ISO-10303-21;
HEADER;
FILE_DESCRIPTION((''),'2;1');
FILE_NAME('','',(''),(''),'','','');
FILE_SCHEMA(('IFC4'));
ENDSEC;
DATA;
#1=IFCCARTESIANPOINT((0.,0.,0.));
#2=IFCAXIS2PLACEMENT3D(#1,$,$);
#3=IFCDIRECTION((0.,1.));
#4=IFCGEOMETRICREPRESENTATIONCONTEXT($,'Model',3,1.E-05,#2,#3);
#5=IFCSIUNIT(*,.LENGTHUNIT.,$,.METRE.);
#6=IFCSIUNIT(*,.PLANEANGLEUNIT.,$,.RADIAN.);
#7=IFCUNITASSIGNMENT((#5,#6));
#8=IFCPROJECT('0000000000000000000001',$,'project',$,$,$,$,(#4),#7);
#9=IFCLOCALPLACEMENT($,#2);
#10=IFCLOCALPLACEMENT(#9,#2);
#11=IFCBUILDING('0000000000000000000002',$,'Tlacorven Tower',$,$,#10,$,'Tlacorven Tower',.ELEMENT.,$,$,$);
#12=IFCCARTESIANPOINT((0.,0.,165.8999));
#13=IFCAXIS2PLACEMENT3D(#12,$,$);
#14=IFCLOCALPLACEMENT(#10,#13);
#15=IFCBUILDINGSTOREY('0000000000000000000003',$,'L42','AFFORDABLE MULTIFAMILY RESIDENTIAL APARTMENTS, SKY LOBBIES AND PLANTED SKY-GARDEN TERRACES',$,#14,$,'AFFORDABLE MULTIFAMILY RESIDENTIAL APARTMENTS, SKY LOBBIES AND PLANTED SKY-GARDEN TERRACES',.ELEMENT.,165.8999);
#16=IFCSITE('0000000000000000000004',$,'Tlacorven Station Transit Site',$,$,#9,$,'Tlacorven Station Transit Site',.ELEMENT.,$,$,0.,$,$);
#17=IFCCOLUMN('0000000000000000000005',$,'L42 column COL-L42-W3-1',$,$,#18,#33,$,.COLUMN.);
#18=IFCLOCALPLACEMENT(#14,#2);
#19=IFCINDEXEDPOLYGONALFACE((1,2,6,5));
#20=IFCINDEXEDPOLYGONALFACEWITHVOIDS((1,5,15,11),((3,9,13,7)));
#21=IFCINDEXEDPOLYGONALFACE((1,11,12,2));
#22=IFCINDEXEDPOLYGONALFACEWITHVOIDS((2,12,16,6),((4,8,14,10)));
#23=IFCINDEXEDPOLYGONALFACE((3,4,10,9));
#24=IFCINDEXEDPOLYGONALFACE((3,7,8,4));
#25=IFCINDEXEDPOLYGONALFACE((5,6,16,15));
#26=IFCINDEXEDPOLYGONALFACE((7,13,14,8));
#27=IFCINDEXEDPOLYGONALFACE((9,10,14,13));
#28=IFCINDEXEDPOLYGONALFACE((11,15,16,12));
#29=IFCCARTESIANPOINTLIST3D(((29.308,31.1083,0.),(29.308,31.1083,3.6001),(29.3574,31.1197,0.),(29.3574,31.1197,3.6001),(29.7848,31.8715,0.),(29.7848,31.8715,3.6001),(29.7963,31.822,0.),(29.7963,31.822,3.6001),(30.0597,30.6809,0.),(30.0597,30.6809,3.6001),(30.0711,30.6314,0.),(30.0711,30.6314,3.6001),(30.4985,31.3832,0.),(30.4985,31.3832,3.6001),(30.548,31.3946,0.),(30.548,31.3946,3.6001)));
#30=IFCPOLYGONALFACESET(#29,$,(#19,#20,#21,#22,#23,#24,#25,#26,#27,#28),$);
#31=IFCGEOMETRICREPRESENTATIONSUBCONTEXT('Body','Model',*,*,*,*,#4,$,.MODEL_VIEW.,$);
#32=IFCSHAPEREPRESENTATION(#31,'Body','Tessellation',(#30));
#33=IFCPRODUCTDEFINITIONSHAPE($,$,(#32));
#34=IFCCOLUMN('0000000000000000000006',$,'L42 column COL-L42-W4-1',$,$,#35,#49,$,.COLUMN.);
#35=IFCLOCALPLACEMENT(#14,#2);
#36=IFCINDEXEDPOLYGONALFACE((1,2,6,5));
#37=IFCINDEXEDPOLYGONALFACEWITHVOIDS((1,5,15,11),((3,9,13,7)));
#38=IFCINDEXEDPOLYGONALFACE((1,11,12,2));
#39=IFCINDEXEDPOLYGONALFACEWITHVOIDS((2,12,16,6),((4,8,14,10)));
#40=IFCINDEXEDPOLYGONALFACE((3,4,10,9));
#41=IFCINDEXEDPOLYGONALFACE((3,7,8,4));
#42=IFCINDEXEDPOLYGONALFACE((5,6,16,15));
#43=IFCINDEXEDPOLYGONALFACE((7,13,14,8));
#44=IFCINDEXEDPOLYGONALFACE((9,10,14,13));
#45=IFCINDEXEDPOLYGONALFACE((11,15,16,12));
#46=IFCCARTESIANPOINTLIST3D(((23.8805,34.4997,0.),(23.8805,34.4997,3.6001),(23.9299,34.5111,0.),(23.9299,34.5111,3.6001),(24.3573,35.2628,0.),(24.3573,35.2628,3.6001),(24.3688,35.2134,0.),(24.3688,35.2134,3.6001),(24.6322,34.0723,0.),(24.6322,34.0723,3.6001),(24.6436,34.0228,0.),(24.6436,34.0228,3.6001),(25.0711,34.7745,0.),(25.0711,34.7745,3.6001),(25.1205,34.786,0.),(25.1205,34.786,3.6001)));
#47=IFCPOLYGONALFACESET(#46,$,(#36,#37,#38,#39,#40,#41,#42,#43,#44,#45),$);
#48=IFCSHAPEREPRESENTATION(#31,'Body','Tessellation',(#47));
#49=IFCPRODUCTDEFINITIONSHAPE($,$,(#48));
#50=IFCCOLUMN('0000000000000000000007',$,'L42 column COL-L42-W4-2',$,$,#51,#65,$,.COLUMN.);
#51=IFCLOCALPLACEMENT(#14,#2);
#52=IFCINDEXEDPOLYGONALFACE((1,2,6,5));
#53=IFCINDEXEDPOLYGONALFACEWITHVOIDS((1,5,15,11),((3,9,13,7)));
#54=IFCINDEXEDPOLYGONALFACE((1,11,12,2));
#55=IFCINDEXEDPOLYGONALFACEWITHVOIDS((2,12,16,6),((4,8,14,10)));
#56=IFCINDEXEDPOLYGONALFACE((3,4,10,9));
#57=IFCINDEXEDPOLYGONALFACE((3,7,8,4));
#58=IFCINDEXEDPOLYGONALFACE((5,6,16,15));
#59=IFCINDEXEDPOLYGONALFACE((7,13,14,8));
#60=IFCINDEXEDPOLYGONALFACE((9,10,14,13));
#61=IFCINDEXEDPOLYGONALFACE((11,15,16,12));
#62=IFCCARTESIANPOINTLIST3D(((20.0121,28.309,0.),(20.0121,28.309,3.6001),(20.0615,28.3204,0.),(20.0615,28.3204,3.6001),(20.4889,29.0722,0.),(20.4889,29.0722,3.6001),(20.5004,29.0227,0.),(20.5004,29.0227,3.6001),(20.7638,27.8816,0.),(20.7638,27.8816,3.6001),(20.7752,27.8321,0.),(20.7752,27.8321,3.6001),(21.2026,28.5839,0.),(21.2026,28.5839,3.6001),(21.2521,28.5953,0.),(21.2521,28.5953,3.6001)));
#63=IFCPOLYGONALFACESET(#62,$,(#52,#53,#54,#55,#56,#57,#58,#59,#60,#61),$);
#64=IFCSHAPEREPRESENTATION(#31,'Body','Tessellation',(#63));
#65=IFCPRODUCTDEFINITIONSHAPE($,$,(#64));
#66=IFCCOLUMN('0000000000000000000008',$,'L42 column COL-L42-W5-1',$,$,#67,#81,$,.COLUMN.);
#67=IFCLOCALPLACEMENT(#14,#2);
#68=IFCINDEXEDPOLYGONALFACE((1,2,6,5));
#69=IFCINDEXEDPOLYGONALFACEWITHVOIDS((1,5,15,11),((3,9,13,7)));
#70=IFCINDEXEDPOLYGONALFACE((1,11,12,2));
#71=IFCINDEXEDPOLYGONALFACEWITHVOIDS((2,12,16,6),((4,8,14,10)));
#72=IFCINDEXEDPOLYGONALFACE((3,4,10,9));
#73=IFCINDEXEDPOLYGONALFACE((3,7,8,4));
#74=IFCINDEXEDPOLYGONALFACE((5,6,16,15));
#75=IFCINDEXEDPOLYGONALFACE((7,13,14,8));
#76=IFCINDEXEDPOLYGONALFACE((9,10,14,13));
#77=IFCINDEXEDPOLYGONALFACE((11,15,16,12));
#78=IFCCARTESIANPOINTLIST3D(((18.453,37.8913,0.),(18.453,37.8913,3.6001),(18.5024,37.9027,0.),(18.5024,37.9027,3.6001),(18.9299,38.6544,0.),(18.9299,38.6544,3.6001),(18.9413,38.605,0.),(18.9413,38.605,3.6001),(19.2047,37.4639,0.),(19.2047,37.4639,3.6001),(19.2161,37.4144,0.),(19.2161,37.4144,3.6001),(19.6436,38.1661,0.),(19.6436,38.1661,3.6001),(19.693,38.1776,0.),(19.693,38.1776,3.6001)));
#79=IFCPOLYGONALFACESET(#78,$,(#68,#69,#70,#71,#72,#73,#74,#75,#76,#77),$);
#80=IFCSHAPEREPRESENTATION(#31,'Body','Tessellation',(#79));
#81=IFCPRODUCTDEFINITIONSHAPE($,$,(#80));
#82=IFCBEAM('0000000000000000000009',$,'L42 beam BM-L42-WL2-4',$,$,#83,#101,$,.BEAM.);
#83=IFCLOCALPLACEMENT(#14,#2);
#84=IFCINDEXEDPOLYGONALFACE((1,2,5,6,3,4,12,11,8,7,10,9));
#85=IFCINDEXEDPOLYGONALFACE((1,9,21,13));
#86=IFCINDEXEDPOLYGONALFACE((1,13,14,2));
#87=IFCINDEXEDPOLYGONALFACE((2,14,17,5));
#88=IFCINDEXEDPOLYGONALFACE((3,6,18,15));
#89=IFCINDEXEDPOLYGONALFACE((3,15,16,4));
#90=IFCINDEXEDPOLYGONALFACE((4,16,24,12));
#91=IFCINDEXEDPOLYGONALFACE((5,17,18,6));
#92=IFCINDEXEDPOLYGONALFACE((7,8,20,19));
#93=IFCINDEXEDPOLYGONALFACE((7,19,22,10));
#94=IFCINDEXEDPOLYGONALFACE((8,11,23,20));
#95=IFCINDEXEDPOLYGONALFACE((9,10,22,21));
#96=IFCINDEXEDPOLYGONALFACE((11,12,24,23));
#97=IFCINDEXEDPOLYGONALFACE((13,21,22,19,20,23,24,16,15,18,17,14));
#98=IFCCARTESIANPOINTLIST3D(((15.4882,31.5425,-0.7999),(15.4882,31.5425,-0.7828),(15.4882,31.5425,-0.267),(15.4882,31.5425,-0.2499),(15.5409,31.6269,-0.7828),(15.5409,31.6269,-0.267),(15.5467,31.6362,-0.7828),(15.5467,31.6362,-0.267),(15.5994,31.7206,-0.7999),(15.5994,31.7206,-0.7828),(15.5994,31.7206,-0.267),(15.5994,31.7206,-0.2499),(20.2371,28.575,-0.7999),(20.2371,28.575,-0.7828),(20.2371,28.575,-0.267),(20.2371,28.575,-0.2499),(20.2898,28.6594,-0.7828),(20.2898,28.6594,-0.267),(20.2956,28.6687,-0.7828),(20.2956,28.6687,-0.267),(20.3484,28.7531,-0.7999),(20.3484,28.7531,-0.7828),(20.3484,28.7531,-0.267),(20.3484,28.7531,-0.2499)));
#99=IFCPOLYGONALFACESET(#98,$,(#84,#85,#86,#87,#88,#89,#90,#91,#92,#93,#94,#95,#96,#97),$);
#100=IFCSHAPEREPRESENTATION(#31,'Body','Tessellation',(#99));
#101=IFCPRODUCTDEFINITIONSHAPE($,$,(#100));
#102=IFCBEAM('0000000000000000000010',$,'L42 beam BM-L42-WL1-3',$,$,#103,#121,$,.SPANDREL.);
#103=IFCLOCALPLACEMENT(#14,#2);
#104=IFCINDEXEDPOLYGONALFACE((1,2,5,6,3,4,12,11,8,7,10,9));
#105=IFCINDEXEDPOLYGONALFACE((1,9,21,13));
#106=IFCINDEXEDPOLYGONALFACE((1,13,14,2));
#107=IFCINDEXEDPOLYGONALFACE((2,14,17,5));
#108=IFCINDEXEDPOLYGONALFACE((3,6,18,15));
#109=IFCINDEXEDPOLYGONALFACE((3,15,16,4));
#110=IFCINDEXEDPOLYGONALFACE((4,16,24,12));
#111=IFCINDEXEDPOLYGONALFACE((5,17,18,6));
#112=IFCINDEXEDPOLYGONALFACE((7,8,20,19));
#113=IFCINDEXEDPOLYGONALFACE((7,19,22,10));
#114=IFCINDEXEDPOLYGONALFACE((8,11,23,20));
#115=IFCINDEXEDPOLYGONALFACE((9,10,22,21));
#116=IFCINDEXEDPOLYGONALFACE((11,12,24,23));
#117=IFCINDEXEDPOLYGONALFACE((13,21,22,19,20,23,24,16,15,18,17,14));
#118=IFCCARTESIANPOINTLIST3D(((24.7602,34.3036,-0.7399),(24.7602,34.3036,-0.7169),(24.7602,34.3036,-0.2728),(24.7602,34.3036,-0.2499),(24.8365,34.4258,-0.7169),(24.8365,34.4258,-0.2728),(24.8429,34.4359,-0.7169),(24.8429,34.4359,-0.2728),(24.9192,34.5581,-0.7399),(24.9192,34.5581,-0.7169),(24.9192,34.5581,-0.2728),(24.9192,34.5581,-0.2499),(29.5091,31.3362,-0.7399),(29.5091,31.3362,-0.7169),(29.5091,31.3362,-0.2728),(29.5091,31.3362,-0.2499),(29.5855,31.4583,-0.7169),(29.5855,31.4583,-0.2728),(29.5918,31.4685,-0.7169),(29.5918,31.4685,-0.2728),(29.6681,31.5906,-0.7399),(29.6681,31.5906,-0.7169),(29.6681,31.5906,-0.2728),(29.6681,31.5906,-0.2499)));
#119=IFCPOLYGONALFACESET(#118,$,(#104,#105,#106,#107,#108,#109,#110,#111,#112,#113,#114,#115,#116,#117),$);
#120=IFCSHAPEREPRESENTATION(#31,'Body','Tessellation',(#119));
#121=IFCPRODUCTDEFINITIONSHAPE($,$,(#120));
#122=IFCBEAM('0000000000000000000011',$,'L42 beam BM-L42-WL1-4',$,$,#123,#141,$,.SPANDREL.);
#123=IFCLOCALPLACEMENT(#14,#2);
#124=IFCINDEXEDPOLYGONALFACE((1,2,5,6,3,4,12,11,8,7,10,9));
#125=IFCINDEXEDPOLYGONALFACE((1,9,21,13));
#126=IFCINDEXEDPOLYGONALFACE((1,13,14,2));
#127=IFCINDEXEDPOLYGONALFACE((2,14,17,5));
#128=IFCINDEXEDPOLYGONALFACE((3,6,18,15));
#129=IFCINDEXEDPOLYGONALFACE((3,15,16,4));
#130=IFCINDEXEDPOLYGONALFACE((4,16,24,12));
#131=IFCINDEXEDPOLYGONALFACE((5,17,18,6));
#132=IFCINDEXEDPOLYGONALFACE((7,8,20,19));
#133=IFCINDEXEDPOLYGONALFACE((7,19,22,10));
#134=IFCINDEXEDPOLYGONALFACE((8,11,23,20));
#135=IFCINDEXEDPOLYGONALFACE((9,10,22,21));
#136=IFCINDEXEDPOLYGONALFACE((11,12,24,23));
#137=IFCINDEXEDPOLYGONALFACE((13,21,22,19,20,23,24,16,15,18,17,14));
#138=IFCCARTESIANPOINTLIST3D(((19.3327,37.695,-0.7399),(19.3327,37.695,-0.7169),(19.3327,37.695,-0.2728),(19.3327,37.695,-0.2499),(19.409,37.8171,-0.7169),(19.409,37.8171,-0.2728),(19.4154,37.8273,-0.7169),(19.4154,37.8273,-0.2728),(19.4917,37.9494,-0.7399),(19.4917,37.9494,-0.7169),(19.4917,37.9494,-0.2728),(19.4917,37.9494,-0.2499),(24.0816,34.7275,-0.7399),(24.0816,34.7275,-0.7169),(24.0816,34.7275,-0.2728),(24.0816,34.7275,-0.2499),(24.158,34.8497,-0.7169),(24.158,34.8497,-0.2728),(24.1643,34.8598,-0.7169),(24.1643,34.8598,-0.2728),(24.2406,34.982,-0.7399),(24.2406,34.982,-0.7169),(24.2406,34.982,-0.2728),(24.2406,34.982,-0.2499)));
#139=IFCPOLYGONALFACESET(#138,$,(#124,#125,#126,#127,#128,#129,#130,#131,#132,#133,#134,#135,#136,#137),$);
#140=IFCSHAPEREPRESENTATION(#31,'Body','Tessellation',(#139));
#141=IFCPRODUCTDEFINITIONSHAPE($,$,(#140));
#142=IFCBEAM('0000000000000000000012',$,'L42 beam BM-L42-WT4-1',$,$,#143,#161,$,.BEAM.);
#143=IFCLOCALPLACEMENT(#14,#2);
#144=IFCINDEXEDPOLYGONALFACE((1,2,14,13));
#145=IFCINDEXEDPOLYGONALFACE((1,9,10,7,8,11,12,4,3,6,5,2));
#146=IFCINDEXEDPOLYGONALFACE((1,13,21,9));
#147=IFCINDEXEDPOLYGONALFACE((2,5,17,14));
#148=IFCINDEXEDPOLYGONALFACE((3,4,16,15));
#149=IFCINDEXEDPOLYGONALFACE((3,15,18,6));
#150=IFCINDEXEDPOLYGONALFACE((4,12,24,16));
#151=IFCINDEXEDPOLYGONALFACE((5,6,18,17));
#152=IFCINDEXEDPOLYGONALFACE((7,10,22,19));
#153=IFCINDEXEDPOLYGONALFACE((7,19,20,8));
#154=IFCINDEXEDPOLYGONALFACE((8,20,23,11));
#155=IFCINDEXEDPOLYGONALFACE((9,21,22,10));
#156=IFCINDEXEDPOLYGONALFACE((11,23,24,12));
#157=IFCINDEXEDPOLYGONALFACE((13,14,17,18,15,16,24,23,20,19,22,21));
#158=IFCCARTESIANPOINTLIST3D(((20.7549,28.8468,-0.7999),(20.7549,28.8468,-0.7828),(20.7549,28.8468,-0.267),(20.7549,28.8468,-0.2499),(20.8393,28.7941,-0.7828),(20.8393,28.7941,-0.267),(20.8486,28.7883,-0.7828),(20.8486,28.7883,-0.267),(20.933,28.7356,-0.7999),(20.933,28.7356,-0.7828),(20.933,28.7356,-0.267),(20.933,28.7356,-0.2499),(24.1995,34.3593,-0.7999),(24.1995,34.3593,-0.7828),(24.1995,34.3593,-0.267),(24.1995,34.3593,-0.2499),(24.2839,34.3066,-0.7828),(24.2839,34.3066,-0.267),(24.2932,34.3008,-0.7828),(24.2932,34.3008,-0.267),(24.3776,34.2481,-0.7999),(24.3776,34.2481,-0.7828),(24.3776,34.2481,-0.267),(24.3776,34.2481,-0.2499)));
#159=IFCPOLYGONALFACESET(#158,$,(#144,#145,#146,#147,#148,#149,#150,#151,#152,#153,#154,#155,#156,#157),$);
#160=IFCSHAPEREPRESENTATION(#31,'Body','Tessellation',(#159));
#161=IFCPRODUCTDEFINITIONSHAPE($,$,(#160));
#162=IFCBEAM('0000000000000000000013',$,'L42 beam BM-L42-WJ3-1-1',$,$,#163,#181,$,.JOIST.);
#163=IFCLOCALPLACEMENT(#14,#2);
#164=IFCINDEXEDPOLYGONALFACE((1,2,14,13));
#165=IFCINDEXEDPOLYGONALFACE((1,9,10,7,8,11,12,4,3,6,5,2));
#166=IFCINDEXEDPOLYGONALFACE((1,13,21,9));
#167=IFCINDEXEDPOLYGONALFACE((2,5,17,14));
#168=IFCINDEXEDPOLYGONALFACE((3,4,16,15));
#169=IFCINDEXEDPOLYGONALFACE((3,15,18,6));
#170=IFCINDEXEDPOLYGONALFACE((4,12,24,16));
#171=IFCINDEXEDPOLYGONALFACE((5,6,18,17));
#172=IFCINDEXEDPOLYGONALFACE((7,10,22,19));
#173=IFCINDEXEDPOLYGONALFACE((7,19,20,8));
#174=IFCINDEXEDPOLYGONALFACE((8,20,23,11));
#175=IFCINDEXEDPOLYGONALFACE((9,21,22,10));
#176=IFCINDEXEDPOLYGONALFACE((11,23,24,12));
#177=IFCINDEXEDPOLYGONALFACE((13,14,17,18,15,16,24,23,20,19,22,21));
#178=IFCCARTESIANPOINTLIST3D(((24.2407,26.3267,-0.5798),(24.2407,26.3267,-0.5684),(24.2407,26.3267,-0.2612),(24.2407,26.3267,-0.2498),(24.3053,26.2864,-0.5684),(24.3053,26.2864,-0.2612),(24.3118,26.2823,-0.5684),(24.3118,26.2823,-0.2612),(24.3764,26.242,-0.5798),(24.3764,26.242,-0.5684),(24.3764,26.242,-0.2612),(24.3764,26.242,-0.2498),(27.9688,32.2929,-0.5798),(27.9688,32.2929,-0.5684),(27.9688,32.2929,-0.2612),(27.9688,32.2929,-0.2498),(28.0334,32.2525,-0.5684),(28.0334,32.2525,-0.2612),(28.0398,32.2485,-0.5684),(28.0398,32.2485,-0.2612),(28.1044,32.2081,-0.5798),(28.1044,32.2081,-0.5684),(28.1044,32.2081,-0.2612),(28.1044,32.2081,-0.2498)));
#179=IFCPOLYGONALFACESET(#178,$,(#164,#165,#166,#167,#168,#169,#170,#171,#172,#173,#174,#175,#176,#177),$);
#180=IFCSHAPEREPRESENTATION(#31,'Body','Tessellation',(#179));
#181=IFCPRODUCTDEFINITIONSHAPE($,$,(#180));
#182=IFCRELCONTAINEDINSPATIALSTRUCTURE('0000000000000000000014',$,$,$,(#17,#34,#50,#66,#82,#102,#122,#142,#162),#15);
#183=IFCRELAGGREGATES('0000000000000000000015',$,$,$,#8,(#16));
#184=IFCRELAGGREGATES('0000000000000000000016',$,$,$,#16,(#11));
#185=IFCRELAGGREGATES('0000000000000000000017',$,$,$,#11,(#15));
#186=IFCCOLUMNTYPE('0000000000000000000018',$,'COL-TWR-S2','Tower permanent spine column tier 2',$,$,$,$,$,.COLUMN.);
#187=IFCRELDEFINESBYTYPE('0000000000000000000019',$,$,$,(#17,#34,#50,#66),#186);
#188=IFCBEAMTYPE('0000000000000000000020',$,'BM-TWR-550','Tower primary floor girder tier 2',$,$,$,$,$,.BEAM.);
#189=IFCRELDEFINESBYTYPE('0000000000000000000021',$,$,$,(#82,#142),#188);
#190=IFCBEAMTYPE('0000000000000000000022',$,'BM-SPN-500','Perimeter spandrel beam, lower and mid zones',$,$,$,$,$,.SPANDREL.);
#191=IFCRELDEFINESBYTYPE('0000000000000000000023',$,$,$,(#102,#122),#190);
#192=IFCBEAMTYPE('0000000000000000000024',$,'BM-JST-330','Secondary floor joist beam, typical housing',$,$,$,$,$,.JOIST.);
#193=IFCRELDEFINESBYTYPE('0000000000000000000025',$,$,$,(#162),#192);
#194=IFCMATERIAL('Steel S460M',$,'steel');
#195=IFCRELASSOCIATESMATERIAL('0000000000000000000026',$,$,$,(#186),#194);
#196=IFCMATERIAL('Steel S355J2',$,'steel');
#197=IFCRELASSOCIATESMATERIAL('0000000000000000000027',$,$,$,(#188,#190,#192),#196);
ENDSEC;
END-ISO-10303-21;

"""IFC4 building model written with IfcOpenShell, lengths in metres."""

from ifc_helpers import new_model, si_unit, direction, frame, origin, origin_2d, place, context, subcontext, project, spatial, hollow_rectangle, i_section, extrude, source, transform, mapped, material, material_profile, profile_set, type_object, element, save


model = new_model("IFC4")

# Units and contexts
model_context = context("Model", 3, precision=1e-05, world=origin(), true_north=direction((0.0, 1.0)))
body_context = subcontext(model_context, "Body", "Model", "MODEL_VIEW")
ifc_project = project(units=[si_unit("LENGTHUNIT", "METRE"), si_unit("PLANEANGLEUNIT", "RADIAN")], contexts=[model_context])

# Site, building, storey
site_placement = place(None, origin())
site = spatial("IfcSite", under=ifc_project, at=site_placement, Name="Tlacorven Station Transit Site", LongName="Tlacorven Station Transit Site", CompositionType="ELEMENT", RefElevation=0.0)
building_placement = place(site_placement, origin())
building = spatial("IfcBuilding", under=site, at=building_placement, Name="Tlacorven Tower", LongName="Tlacorven Tower", CompositionType="ELEMENT")
storey_placement = place(building_placement, frame((0.0, 0.0, 165.8999)))
storey = spatial("IfcBuildingStorey", under=building, at=storey_placement, Name="L42", Description="AFFORDABLE MULTIFAMILY RESIDENTIAL APARTMENTS, SKY LOBBIES AND PLANTED SKY-GARDEN TERRACES", LongName="AFFORDABLE MULTIFAMILY RESIDENTIAL APARTMENTS, SKY LOBBIES AND PLANTED SKY-GARDEN TERRACES", CompositionType="ELEMENT", Elevation=165.8999)

# Columns
ifc_material_1 = material(Name="Steel S460M", Category="steel")
ifc_material_profile_1 = material_profile(ifc_material_1, hollow_rectangle(XDim=0.8999, YDim=0.8999, WallThickness=0.0359, at=origin_2d()), Name="BOX 900X900X36")
ifc_profile_set_1 = profile_set([ifc_material_profile_1], Name="Steel S460M")
column_type = type_object("IfcColumnType", Name="COL-TWR-S2", Description="Tower permanent spine column tier 2", PredefinedType="COLUMN", material=ifc_profile_set_1)
shared_shape_1 = source(origin(), body_context, "Body", "SweptSolid", [
    extrude(hollow_rectangle(XDim=0.8999, YDim=0.8999, WallThickness=0.0359, at=origin_2d()), origin(), (0.0, 0.0, 1.0), 3.6001),
])
for number, where, z_axis, x_axis, name in (
    (1, (29.928, 31.2515, 0.0), (0.0, 0.0, 1.0), (-0.848048, 0.529919, 0.0), "L42 column COL-L42-W3-1"),
    (2, (24.5005, 34.6428, 0.0), (0.0, 0.0, 1.0), (-0.848048, 0.529919, 0.0), "L42 column COL-L42-W4-1"),
    (3, (20.6321, 28.4521, 0.0), (0.0, 0.0, 1.0), (-0.848048, 0.529919, 0.0), "L42 column COL-L42-W4-2"),
    (4, (19.073, 38.0344, 0.0), (0.0, 0.0, 1.0), (-0.848048, 0.529919, 0.0), "L42 column COL-L42-W5-1"),
):
    element("IfcColumn", number, at=place(storey_placement, frame(where, z_axis=z_axis, x_axis=x_axis)), inside=storey, type_object=column_type, Name=name, PredefinedType="COLUMN", context=body_context, shape_type="MappedRepresentation", body=[
        mapped(shared_shape_1, transform((0.0, 0.0, 0.0), scale=1.0)),
    ])

# Beams
ifc_material_2 = material(Name="Steel S355J2", Category="steel")
ifc_material_profile_2 = material_profile(ifc_material_2, i_section(OverallWidth=0.21, OverallDepth=0.55, WebThickness=0.011, FlangeThickness=0.0171, at=origin_2d()), Name="IPE 550")
ifc_profile_set_2 = profile_set([ifc_material_profile_2], Name="Steel S355J2")
beam_type_1 = type_object("IfcBeamType", Name="BM-TWR-550", Description="Tower primary floor girder tier 2", PredefinedType="BEAM", material=ifc_profile_set_2)
shared_shape_2 = source(origin(), body_context, "Body", "SweptSolid", [
    extrude(i_section(OverallWidth=0.21, OverallDepth=0.55, WebThickness=0.011, FlangeThickness=0.0171, at=origin_2d()), origin(), (0.0, 0.0, 1.0), 5.5999),
])
beam_1_placement = place(storey_placement, frame((20.2927, 28.6641, -0.5249), z_axis=(-0.848047, 0.529921, 0.0), x_axis=(-0.529921, -0.848047, 0.0)))
element("IfcBeam", 5, at=beam_1_placement, inside=storey, type_object=beam_type_1, Name="L42 beam BM-L42-WL2-4", PredefinedType="BEAM", context=body_context, shape_type="MappedRepresentation", body=[
    mapped(shared_shape_2, transform((0.0, 0.0, 0.0), scale=1.0)),
])
ifc_material_profile_3 = material_profile(ifc_material_2, i_section(OverallWidth=0.3, OverallDepth=0.49, WebThickness=0.012, FlangeThickness=0.0229, at=origin_2d()), Name="HEA 500")
ifc_profile_set_3 = profile_set([ifc_material_profile_3], Name="Steel S355J2")
beam_type_2 = type_object("IfcBeamType", Name="BM-SPN-500", Description="Perimeter spandrel beam, lower and mid zones", PredefinedType="SPANDREL", material=ifc_profile_set_3)
shared_shape_3 = source(origin(), body_context, "Body", "SweptSolid", [
    extrude(i_section(OverallWidth=0.3, OverallDepth=0.49, WebThickness=0.012, FlangeThickness=0.0229, at=origin_2d()), origin(), (0.0, 0.0, 1.0), 5.5999),
])
for number, where, z_axis, x_axis, name in (
    (6, (29.5886, 31.4634, -0.4949), (-0.848047, 0.529921, 0.0), (-0.529921, -0.848047, 0.0), "L42 beam BM-L42-WL1-3"),
    (7, (24.1611, 34.8547, -0.4949), (-0.848047, 0.529921, 0.0), (-0.529921, -0.848047, 0.0), "L42 beam BM-L42-WL1-4"),
):
    element("IfcBeam", number, at=place(storey_placement, frame(where, z_axis=z_axis, x_axis=x_axis)), inside=storey, type_object=beam_type_2, Name=name, PredefinedType="SPANDREL", context=body_context, shape_type="MappedRepresentation", body=[
        mapped(shared_shape_3, transform((0.0, 0.0, 0.0), scale=1.0)),
    ])
shared_shape_4 = source(origin(), body_context, "Body", "SweptSolid", [
    extrude(i_section(OverallWidth=0.21, OverallDepth=0.55, WebThickness=0.011, FlangeThickness=0.0171, at=origin_2d()), origin(), (0.0, 0.0, 1.0), 6.5002),
])
beam_2_placement = place(storey_placement, frame((24.2886, 34.3037, -0.5249), z_axis=(-0.529921, -0.848047, 0.0), x_axis=(0.848047, -0.529921, 0.0)))
element("IfcBeam", 8, at=beam_2_placement, inside=storey, type_object=beam_type_1, Name="L42 beam BM-L42-WT4-1", PredefinedType="BEAM", context=body_context, shape_type="MappedRepresentation", body=[
    mapped(shared_shape_4, transform((0.0, 0.0, 0.0), scale=1.0)),
])
ifc_material_profile_4 = material_profile(ifc_material_2, i_section(OverallWidth=0.1599, OverallDepth=0.3301, WebThickness=0.0076, FlangeThickness=0.0115, at=origin_2d()), Name="IPE 330")
ifc_profile_set_4 = profile_set([ifc_material_profile_4], Name="Steel S355J2")
beam_type_3 = type_object("IfcBeamType", Name="BM-JST-330", Description="Secondary floor joist beam, typical housing", PredefinedType="JOIST", material=ifc_profile_set_4)
shared_shape_5 = source(origin(), body_context, "Body", "SweptSolid", [
    extrude(i_section(OverallWidth=0.1599, OverallDepth=0.3301, WebThickness=0.0076, FlangeThickness=0.0115, at=origin_2d()), origin(), (0.0, 0.0, 1.0), 7.0352),
])
for number, where, z_axis, x_axis, name in (
    (9, (28.0366, 32.2505, -0.4148), (-0.529921, -0.848047, 0.0), (0.848047, -0.529921, 0.0), "L42 beam BM-L42-WJ3-1-1"),
):
    element("IfcBeam", number, at=place(storey_placement, frame(where, z_axis=z_axis, x_axis=x_axis)), inside=storey, type_object=beam_type_3, Name=name, PredefinedType="JOIST", context=body_context, shape_type="MappedRepresentation", body=[
        mapped(shared_shape_5, transform((0.0, 0.0, 0.0), scale=1.0)),
    ])

save(model, "model.ifc")
